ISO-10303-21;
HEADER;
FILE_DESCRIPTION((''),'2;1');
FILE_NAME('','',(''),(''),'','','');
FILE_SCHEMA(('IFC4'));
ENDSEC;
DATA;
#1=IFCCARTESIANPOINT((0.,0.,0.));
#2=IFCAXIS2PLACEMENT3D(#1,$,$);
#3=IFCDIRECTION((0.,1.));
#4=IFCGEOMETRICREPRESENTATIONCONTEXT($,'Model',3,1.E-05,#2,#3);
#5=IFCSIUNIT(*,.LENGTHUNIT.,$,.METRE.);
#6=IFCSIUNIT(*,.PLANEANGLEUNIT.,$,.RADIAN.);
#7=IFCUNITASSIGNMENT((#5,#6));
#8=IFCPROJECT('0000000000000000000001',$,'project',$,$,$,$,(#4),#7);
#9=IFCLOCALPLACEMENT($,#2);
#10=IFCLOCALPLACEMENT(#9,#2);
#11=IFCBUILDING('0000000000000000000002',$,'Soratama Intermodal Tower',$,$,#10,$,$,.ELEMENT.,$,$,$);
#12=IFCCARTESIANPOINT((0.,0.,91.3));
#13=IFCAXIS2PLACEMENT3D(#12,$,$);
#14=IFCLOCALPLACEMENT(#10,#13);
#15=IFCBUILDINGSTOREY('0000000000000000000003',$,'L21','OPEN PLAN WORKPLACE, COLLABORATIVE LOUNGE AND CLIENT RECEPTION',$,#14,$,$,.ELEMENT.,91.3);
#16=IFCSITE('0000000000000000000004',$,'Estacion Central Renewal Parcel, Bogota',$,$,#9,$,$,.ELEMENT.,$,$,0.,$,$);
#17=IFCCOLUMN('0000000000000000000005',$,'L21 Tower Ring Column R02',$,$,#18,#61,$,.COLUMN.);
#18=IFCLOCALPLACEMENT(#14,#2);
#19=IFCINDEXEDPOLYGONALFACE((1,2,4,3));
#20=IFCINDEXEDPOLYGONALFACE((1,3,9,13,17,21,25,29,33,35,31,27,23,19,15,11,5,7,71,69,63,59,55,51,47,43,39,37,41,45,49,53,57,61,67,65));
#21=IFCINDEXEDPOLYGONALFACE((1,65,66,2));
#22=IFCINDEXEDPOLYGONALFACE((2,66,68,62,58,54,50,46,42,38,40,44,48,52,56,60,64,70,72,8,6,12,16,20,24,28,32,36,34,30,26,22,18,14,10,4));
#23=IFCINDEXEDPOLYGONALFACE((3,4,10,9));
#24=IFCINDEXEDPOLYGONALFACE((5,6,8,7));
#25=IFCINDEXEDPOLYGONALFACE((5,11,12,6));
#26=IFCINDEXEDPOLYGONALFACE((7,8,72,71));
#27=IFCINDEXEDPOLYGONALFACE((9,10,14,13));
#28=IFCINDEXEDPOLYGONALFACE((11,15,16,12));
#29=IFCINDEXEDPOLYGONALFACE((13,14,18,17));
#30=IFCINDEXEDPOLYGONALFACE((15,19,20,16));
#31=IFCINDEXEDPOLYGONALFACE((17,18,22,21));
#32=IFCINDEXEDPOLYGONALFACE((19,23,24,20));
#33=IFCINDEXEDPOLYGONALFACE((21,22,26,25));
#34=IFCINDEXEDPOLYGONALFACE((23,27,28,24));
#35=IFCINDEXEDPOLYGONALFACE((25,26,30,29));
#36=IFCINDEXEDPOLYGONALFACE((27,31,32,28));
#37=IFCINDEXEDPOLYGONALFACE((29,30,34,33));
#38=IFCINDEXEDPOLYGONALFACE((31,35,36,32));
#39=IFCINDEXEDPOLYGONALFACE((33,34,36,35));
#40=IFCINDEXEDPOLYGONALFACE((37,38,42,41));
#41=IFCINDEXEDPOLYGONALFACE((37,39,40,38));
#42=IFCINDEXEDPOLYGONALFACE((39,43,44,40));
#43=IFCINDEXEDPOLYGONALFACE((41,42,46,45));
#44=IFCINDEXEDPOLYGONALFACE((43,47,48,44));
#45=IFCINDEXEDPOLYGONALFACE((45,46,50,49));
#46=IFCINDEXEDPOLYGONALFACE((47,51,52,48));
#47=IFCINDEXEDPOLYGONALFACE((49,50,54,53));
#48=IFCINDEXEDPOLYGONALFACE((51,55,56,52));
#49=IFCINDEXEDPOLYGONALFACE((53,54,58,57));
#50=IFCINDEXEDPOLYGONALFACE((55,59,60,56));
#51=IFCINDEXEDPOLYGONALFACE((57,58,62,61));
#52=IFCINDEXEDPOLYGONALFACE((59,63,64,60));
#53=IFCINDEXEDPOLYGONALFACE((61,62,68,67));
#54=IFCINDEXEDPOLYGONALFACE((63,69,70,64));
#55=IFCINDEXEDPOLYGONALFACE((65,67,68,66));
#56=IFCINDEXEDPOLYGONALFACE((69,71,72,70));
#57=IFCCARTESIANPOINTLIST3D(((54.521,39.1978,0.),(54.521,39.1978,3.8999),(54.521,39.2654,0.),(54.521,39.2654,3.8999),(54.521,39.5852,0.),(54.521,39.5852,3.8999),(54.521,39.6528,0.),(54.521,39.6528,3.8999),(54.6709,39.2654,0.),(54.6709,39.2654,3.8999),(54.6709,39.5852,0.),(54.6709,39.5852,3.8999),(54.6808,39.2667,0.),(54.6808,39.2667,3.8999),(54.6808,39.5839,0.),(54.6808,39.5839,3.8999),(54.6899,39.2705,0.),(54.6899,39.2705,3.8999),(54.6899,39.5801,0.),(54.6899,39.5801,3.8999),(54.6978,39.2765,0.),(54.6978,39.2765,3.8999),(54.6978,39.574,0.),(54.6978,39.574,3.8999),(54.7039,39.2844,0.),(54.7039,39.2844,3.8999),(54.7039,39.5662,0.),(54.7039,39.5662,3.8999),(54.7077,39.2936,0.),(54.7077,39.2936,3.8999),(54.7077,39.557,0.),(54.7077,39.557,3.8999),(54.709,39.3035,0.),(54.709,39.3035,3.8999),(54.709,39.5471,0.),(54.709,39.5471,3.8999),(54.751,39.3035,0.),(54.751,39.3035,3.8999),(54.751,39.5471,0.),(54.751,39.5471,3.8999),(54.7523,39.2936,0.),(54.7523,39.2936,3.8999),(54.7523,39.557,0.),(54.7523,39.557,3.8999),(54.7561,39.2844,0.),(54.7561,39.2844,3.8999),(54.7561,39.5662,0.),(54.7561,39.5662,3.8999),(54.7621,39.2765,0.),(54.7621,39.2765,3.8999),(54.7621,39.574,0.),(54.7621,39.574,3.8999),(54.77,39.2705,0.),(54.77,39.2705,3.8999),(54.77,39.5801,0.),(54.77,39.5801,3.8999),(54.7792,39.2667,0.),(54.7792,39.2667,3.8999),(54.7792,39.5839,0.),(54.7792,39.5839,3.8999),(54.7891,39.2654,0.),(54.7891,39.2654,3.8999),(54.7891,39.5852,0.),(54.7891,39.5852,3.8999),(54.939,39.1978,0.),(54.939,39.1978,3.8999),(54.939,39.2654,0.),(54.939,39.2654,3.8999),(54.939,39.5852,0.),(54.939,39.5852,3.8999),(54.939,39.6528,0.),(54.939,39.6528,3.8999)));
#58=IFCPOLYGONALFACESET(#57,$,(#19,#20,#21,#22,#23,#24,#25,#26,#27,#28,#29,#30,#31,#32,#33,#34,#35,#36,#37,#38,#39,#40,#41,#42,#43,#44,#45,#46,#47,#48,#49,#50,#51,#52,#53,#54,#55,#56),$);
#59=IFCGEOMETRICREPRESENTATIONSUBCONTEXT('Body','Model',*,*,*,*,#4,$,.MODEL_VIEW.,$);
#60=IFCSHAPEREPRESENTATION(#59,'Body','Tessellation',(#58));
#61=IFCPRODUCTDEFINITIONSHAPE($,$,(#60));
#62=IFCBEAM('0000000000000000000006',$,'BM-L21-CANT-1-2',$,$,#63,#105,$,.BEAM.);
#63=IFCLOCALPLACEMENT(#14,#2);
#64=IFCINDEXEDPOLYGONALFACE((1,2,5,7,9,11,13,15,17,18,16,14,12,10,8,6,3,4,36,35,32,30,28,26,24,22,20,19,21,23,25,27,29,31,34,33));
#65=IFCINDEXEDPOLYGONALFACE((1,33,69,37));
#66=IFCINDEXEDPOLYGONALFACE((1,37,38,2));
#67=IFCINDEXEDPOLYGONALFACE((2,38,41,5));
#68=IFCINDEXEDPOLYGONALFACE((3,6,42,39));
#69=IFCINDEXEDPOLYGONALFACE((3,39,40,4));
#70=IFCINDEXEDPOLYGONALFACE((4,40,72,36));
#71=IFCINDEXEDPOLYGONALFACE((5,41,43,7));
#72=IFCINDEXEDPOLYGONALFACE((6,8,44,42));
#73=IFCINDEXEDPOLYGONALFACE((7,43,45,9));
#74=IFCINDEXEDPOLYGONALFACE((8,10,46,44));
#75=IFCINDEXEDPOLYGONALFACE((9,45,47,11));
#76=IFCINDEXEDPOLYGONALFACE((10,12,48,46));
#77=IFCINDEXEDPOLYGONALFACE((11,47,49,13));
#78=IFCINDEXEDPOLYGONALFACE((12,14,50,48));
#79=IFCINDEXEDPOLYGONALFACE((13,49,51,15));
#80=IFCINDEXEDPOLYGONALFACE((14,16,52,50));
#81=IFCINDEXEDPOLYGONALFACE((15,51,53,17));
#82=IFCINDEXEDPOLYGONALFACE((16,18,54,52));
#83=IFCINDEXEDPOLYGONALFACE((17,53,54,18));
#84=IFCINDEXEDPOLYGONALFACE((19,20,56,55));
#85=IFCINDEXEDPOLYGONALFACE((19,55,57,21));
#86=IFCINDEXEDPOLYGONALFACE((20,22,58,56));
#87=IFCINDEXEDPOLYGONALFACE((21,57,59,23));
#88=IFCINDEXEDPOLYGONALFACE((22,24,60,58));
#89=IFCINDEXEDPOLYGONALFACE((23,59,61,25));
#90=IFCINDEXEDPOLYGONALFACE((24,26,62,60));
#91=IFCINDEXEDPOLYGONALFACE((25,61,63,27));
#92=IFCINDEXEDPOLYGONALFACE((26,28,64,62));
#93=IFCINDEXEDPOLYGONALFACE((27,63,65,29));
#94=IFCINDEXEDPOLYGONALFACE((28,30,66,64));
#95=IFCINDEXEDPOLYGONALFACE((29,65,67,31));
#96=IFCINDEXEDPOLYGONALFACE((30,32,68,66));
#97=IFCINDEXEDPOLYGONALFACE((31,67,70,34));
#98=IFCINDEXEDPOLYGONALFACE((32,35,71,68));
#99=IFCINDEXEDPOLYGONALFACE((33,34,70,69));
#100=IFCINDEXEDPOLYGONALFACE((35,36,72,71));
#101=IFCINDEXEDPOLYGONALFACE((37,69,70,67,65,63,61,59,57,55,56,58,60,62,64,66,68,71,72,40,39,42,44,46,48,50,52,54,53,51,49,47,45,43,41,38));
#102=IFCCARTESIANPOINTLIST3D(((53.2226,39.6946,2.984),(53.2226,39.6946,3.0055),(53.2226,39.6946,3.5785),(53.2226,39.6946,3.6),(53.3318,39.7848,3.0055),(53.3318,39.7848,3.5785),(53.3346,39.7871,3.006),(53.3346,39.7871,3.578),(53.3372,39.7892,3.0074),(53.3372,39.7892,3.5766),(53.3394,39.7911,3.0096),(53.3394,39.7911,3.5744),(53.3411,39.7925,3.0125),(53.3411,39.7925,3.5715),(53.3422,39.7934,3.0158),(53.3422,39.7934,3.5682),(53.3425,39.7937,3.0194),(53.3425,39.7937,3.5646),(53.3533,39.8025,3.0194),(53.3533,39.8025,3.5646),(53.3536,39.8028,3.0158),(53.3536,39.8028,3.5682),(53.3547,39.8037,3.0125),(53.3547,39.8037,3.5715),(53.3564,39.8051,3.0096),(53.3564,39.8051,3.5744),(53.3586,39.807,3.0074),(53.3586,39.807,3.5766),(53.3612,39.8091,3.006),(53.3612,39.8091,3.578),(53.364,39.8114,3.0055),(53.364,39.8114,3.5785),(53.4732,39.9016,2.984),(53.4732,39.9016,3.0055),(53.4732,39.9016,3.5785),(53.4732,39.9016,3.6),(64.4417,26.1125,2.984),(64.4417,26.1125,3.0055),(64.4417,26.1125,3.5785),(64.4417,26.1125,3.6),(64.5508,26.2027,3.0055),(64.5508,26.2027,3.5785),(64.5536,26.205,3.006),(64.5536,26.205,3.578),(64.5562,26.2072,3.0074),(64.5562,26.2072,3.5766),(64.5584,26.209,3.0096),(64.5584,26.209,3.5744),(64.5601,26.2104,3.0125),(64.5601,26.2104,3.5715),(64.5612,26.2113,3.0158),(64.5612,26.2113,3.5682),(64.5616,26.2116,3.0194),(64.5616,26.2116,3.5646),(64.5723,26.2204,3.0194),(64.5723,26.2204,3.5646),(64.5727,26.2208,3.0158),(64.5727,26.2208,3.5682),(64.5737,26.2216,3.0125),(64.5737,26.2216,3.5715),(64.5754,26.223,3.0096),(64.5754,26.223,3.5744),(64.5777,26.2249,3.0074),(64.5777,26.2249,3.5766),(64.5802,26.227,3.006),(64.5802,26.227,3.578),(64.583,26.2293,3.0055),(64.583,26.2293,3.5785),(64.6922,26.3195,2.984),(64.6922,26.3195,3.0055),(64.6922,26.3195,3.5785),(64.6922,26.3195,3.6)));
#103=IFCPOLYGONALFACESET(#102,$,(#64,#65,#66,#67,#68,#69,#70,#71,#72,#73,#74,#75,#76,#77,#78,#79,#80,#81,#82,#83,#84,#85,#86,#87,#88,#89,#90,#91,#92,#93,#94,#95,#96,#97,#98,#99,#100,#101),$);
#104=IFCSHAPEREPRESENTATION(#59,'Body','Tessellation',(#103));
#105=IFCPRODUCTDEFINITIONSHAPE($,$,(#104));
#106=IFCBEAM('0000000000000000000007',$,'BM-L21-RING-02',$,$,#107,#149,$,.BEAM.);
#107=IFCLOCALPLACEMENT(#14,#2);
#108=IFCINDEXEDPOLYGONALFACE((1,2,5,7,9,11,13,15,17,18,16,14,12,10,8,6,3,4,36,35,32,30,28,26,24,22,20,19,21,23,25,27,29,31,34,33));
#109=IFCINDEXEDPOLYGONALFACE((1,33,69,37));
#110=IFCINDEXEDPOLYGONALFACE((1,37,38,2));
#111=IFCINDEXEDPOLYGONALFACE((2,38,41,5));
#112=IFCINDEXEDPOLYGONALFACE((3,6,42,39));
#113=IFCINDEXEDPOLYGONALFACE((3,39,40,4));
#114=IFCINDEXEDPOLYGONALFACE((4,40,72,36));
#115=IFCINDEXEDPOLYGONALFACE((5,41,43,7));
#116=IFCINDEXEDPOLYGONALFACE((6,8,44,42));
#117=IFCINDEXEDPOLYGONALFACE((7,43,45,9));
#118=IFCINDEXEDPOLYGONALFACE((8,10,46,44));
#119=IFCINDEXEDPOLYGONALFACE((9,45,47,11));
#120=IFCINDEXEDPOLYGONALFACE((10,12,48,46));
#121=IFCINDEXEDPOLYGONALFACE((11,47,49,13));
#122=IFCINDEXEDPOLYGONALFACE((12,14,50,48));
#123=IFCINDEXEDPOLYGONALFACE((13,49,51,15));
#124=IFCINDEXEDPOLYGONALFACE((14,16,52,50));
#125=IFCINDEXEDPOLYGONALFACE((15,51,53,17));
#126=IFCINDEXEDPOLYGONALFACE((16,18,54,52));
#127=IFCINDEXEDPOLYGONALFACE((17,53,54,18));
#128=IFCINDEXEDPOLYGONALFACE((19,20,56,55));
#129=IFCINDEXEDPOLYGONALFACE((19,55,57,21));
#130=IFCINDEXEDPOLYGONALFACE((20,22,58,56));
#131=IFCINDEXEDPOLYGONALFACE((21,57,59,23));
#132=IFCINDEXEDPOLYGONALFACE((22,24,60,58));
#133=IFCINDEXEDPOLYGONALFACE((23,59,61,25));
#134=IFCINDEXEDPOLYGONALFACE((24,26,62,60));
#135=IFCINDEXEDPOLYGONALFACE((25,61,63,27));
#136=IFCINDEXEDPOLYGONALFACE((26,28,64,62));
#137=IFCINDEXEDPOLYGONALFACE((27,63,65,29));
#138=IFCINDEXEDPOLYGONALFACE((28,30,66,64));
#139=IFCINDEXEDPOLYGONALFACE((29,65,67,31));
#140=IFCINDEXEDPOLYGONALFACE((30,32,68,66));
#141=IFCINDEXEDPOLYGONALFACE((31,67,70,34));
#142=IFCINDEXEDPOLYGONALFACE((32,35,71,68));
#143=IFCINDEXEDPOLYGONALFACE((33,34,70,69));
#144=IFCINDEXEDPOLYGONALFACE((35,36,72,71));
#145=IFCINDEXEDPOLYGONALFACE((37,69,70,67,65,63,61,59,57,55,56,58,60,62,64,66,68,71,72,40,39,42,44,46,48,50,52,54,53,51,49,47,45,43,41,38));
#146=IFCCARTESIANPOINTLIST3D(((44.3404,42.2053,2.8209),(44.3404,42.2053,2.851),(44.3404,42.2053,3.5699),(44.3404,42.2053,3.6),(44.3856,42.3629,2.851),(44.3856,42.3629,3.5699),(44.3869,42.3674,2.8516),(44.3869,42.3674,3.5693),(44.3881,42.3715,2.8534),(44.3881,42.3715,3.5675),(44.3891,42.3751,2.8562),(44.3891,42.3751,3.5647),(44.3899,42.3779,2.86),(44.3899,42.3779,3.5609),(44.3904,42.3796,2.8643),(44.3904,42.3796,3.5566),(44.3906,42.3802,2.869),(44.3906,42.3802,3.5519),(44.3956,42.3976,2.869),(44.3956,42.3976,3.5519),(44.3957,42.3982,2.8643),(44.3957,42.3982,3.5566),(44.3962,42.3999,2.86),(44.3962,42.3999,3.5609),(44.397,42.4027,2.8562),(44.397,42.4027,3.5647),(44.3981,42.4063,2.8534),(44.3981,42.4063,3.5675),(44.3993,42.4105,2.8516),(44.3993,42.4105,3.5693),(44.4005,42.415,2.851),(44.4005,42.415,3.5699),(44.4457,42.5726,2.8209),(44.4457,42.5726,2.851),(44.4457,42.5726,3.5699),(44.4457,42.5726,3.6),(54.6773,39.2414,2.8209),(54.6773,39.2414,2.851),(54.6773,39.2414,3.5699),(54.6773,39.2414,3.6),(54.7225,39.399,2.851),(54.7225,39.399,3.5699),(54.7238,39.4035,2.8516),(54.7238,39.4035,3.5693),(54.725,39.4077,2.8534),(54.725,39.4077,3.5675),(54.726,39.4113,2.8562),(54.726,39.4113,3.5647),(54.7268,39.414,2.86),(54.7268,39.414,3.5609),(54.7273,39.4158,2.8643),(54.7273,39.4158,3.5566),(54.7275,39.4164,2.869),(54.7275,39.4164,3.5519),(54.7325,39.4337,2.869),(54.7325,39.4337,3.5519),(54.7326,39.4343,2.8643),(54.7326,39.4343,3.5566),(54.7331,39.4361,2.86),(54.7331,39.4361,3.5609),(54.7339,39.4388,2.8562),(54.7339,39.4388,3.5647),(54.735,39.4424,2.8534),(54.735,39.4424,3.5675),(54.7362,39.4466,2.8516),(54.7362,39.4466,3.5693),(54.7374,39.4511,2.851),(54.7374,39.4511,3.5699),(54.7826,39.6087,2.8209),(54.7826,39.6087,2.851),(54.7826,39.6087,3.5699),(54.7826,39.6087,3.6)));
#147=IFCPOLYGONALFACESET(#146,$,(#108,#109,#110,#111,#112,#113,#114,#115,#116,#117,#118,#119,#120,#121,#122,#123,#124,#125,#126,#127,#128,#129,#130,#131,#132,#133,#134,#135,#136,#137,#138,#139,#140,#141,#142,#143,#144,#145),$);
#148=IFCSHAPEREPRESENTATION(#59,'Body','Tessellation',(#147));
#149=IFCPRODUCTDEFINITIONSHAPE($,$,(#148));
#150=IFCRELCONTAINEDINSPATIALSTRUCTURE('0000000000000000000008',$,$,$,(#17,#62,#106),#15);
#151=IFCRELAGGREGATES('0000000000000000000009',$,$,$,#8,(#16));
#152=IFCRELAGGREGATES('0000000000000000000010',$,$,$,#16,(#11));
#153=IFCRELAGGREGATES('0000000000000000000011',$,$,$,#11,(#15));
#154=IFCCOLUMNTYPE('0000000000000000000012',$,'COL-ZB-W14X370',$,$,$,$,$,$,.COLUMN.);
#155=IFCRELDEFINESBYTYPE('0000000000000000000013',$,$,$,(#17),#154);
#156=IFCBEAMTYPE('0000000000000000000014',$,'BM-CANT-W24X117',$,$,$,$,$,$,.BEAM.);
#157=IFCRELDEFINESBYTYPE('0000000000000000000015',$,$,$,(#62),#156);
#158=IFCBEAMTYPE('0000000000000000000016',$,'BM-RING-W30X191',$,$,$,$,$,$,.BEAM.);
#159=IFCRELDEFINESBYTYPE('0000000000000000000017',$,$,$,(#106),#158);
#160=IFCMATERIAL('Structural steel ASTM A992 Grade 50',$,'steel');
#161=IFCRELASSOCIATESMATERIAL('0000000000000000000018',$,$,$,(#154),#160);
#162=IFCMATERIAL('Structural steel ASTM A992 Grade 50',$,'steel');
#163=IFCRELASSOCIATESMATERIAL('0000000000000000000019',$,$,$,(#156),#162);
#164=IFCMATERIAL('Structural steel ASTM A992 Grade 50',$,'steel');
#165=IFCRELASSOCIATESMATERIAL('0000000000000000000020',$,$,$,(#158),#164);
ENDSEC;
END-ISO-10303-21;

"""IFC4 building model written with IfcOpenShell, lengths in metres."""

from ifc_helpers import new_model, si_unit, direction, frame, origin, origin_2d, place, context, subcontext, project, spatial, i_section, extrude, material, material_profile, profile_set, type_object, element, save


model = new_model("IFC4")

# Units and contexts
model_context = context("Model", 3, precision=1e-05, world=origin(), true_north=direction((0.0, 1.0)))
body_context = subcontext(model_context, "Body", "Model", "MODEL_VIEW")
ifc_project = project(units=[si_unit("LENGTHUNIT", "METRE"), si_unit("PLANEANGLEUNIT", "RADIAN")], contexts=[model_context])

# Site, building, storey
site_placement = place(None, origin())
site = spatial("IfcSite", under=ifc_project, at=site_placement, Name="Estacion Central Renewal Parcel, Bogota", CompositionType="ELEMENT", RefElevation=0.0)
building_placement = place(site_placement, origin())
building = spatial("IfcBuilding", under=site, at=building_placement, Name="Soratama Intermodal Tower", CompositionType="ELEMENT")
storey_placement = place(building_placement, frame((0.0, 0.0, 91.3)))
storey = spatial("IfcBuildingStorey", under=building, at=storey_placement, Name="L21", Description="OPEN PLAN WORKPLACE, COLLABORATIVE LOUNGE AND CLIENT RECEPTION", CompositionType="ELEMENT", Elevation=91.3)

# Column
ifc_material_1 = material(Name="Structural steel ASTM A992 Grade 50", Category="steel")
ifc_material_profile_1 = material_profile(ifc_material_1, i_section(OverallWidth=0.418, OverallDepth=0.4551, WebThickness=0.042, FlangeThickness=0.0676, FilletRadius=0.0381, at=origin_2d()), Name="W14X370")
ifc_profile_set_1 = profile_set([ifc_material_profile_1], Name="Structural steel ASTM A992 Grade 50")
column_type = type_object("IfcColumnType", Name="COL-ZB-W14X370", PredefinedType="COLUMN", material=ifc_profile_set_1)
column_placement = place(storey_placement, frame((54.73, 39.4253, 0.0), z_axis=(0.0, 0.0, 1.0), x_axis=(1.0, 0.0, 0.0)))
element("IfcColumn", 1, at=column_placement, inside=storey, type_object=column_type, Name="L21 Tower Ring Column R02", PredefinedType="COLUMN", context=body_context, shape_type="SweptSolid", body=[
    extrude(i_section(OverallWidth=0.418, OverallDepth=0.4551, WebThickness=0.042, FlangeThickness=0.0676, FilletRadius=0.0381, at=origin_2d()), origin(), (0.0, 0.0, 1.0), 3.8999),
])

# Beams
ifc_material_2 = material(Name="Structural steel ASTM A992 Grade 50", Category="steel")
ifc_material_profile_2 = material_profile(ifc_material_2, i_section(OverallWidth=0.325, OverallDepth=0.616, WebThickness=0.0139, FlangeThickness=0.0215, FilletRadius=0.0139, at=origin_2d()), Name="W24X117")
ifc_profile_set_2 = profile_set([ifc_material_profile_2], Name="Structural steel ASTM A992 Grade 50")
beam_type_1 = type_object("IfcBeamType", Name="BM-CANT-W24X117", PredefinedType="BEAM", material=ifc_profile_set_2)
beam_1_placement = place(storey_placement, frame((53.3479, 39.7981, 3.292), z_axis=(0.63685, -0.770988, 0.0), x_axis=(0.770988, 0.63685, 0.0)))
element("IfcBeam", 2, at=beam_1_placement, inside=storey, type_object=beam_type_1, Name="BM-L21-CANT-1-2", PredefinedType="BEAM", context=body_context, shape_type="SweptSolid", body=[
    extrude(i_section(OverallWidth=0.325, OverallDepth=0.616, WebThickness=0.0139, FlangeThickness=0.0215, FilletRadius=0.0139, at=origin_2d()), origin(), (0.0, 0.0, 1.0), 17.6165),
])
ifc_material_3 = material(Name="Structural steel ASTM A992 Grade 50", Category="steel")
ifc_material_profile_3 = material_profile(ifc_material_3, i_section(OverallWidth=0.3821, OverallDepth=0.7791, WebThickness=0.0181, FlangeThickness=0.03, FilletRadius=0.0181, at=origin_2d()), Name="W30X191")
ifc_profile_set_3 = profile_set([ifc_material_profile_3], Name="Structural steel ASTM A992 Grade 50")
beam_type_2 = type_object("IfcBeamType", Name="BM-RING-W30X191", PredefinedType="BEAM", material=ifc_profile_set_3)
beam_2_placement = place(storey_placement, frame((54.73, 39.425, 3.2104), z_axis=(-0.961267, 0.275621, 0.0), x_axis=(-0.275621, -0.961267, 0.0)))
element("IfcBeam", 3, at=beam_2_placement, inside=storey, type_object=beam_type_2, Name="BM-L21-RING-02", PredefinedType="BEAM", context=body_context, shape_type="SweptSolid", body=[
    extrude(i_section(OverallWidth=0.3821, OverallDepth=0.7791, WebThickness=0.0181, FlangeThickness=0.03, FilletRadius=0.0181, at=origin_2d()), origin(), (0.0, 0.0, 1.0), 10.7534),
])

save(model, "model.ifc")
